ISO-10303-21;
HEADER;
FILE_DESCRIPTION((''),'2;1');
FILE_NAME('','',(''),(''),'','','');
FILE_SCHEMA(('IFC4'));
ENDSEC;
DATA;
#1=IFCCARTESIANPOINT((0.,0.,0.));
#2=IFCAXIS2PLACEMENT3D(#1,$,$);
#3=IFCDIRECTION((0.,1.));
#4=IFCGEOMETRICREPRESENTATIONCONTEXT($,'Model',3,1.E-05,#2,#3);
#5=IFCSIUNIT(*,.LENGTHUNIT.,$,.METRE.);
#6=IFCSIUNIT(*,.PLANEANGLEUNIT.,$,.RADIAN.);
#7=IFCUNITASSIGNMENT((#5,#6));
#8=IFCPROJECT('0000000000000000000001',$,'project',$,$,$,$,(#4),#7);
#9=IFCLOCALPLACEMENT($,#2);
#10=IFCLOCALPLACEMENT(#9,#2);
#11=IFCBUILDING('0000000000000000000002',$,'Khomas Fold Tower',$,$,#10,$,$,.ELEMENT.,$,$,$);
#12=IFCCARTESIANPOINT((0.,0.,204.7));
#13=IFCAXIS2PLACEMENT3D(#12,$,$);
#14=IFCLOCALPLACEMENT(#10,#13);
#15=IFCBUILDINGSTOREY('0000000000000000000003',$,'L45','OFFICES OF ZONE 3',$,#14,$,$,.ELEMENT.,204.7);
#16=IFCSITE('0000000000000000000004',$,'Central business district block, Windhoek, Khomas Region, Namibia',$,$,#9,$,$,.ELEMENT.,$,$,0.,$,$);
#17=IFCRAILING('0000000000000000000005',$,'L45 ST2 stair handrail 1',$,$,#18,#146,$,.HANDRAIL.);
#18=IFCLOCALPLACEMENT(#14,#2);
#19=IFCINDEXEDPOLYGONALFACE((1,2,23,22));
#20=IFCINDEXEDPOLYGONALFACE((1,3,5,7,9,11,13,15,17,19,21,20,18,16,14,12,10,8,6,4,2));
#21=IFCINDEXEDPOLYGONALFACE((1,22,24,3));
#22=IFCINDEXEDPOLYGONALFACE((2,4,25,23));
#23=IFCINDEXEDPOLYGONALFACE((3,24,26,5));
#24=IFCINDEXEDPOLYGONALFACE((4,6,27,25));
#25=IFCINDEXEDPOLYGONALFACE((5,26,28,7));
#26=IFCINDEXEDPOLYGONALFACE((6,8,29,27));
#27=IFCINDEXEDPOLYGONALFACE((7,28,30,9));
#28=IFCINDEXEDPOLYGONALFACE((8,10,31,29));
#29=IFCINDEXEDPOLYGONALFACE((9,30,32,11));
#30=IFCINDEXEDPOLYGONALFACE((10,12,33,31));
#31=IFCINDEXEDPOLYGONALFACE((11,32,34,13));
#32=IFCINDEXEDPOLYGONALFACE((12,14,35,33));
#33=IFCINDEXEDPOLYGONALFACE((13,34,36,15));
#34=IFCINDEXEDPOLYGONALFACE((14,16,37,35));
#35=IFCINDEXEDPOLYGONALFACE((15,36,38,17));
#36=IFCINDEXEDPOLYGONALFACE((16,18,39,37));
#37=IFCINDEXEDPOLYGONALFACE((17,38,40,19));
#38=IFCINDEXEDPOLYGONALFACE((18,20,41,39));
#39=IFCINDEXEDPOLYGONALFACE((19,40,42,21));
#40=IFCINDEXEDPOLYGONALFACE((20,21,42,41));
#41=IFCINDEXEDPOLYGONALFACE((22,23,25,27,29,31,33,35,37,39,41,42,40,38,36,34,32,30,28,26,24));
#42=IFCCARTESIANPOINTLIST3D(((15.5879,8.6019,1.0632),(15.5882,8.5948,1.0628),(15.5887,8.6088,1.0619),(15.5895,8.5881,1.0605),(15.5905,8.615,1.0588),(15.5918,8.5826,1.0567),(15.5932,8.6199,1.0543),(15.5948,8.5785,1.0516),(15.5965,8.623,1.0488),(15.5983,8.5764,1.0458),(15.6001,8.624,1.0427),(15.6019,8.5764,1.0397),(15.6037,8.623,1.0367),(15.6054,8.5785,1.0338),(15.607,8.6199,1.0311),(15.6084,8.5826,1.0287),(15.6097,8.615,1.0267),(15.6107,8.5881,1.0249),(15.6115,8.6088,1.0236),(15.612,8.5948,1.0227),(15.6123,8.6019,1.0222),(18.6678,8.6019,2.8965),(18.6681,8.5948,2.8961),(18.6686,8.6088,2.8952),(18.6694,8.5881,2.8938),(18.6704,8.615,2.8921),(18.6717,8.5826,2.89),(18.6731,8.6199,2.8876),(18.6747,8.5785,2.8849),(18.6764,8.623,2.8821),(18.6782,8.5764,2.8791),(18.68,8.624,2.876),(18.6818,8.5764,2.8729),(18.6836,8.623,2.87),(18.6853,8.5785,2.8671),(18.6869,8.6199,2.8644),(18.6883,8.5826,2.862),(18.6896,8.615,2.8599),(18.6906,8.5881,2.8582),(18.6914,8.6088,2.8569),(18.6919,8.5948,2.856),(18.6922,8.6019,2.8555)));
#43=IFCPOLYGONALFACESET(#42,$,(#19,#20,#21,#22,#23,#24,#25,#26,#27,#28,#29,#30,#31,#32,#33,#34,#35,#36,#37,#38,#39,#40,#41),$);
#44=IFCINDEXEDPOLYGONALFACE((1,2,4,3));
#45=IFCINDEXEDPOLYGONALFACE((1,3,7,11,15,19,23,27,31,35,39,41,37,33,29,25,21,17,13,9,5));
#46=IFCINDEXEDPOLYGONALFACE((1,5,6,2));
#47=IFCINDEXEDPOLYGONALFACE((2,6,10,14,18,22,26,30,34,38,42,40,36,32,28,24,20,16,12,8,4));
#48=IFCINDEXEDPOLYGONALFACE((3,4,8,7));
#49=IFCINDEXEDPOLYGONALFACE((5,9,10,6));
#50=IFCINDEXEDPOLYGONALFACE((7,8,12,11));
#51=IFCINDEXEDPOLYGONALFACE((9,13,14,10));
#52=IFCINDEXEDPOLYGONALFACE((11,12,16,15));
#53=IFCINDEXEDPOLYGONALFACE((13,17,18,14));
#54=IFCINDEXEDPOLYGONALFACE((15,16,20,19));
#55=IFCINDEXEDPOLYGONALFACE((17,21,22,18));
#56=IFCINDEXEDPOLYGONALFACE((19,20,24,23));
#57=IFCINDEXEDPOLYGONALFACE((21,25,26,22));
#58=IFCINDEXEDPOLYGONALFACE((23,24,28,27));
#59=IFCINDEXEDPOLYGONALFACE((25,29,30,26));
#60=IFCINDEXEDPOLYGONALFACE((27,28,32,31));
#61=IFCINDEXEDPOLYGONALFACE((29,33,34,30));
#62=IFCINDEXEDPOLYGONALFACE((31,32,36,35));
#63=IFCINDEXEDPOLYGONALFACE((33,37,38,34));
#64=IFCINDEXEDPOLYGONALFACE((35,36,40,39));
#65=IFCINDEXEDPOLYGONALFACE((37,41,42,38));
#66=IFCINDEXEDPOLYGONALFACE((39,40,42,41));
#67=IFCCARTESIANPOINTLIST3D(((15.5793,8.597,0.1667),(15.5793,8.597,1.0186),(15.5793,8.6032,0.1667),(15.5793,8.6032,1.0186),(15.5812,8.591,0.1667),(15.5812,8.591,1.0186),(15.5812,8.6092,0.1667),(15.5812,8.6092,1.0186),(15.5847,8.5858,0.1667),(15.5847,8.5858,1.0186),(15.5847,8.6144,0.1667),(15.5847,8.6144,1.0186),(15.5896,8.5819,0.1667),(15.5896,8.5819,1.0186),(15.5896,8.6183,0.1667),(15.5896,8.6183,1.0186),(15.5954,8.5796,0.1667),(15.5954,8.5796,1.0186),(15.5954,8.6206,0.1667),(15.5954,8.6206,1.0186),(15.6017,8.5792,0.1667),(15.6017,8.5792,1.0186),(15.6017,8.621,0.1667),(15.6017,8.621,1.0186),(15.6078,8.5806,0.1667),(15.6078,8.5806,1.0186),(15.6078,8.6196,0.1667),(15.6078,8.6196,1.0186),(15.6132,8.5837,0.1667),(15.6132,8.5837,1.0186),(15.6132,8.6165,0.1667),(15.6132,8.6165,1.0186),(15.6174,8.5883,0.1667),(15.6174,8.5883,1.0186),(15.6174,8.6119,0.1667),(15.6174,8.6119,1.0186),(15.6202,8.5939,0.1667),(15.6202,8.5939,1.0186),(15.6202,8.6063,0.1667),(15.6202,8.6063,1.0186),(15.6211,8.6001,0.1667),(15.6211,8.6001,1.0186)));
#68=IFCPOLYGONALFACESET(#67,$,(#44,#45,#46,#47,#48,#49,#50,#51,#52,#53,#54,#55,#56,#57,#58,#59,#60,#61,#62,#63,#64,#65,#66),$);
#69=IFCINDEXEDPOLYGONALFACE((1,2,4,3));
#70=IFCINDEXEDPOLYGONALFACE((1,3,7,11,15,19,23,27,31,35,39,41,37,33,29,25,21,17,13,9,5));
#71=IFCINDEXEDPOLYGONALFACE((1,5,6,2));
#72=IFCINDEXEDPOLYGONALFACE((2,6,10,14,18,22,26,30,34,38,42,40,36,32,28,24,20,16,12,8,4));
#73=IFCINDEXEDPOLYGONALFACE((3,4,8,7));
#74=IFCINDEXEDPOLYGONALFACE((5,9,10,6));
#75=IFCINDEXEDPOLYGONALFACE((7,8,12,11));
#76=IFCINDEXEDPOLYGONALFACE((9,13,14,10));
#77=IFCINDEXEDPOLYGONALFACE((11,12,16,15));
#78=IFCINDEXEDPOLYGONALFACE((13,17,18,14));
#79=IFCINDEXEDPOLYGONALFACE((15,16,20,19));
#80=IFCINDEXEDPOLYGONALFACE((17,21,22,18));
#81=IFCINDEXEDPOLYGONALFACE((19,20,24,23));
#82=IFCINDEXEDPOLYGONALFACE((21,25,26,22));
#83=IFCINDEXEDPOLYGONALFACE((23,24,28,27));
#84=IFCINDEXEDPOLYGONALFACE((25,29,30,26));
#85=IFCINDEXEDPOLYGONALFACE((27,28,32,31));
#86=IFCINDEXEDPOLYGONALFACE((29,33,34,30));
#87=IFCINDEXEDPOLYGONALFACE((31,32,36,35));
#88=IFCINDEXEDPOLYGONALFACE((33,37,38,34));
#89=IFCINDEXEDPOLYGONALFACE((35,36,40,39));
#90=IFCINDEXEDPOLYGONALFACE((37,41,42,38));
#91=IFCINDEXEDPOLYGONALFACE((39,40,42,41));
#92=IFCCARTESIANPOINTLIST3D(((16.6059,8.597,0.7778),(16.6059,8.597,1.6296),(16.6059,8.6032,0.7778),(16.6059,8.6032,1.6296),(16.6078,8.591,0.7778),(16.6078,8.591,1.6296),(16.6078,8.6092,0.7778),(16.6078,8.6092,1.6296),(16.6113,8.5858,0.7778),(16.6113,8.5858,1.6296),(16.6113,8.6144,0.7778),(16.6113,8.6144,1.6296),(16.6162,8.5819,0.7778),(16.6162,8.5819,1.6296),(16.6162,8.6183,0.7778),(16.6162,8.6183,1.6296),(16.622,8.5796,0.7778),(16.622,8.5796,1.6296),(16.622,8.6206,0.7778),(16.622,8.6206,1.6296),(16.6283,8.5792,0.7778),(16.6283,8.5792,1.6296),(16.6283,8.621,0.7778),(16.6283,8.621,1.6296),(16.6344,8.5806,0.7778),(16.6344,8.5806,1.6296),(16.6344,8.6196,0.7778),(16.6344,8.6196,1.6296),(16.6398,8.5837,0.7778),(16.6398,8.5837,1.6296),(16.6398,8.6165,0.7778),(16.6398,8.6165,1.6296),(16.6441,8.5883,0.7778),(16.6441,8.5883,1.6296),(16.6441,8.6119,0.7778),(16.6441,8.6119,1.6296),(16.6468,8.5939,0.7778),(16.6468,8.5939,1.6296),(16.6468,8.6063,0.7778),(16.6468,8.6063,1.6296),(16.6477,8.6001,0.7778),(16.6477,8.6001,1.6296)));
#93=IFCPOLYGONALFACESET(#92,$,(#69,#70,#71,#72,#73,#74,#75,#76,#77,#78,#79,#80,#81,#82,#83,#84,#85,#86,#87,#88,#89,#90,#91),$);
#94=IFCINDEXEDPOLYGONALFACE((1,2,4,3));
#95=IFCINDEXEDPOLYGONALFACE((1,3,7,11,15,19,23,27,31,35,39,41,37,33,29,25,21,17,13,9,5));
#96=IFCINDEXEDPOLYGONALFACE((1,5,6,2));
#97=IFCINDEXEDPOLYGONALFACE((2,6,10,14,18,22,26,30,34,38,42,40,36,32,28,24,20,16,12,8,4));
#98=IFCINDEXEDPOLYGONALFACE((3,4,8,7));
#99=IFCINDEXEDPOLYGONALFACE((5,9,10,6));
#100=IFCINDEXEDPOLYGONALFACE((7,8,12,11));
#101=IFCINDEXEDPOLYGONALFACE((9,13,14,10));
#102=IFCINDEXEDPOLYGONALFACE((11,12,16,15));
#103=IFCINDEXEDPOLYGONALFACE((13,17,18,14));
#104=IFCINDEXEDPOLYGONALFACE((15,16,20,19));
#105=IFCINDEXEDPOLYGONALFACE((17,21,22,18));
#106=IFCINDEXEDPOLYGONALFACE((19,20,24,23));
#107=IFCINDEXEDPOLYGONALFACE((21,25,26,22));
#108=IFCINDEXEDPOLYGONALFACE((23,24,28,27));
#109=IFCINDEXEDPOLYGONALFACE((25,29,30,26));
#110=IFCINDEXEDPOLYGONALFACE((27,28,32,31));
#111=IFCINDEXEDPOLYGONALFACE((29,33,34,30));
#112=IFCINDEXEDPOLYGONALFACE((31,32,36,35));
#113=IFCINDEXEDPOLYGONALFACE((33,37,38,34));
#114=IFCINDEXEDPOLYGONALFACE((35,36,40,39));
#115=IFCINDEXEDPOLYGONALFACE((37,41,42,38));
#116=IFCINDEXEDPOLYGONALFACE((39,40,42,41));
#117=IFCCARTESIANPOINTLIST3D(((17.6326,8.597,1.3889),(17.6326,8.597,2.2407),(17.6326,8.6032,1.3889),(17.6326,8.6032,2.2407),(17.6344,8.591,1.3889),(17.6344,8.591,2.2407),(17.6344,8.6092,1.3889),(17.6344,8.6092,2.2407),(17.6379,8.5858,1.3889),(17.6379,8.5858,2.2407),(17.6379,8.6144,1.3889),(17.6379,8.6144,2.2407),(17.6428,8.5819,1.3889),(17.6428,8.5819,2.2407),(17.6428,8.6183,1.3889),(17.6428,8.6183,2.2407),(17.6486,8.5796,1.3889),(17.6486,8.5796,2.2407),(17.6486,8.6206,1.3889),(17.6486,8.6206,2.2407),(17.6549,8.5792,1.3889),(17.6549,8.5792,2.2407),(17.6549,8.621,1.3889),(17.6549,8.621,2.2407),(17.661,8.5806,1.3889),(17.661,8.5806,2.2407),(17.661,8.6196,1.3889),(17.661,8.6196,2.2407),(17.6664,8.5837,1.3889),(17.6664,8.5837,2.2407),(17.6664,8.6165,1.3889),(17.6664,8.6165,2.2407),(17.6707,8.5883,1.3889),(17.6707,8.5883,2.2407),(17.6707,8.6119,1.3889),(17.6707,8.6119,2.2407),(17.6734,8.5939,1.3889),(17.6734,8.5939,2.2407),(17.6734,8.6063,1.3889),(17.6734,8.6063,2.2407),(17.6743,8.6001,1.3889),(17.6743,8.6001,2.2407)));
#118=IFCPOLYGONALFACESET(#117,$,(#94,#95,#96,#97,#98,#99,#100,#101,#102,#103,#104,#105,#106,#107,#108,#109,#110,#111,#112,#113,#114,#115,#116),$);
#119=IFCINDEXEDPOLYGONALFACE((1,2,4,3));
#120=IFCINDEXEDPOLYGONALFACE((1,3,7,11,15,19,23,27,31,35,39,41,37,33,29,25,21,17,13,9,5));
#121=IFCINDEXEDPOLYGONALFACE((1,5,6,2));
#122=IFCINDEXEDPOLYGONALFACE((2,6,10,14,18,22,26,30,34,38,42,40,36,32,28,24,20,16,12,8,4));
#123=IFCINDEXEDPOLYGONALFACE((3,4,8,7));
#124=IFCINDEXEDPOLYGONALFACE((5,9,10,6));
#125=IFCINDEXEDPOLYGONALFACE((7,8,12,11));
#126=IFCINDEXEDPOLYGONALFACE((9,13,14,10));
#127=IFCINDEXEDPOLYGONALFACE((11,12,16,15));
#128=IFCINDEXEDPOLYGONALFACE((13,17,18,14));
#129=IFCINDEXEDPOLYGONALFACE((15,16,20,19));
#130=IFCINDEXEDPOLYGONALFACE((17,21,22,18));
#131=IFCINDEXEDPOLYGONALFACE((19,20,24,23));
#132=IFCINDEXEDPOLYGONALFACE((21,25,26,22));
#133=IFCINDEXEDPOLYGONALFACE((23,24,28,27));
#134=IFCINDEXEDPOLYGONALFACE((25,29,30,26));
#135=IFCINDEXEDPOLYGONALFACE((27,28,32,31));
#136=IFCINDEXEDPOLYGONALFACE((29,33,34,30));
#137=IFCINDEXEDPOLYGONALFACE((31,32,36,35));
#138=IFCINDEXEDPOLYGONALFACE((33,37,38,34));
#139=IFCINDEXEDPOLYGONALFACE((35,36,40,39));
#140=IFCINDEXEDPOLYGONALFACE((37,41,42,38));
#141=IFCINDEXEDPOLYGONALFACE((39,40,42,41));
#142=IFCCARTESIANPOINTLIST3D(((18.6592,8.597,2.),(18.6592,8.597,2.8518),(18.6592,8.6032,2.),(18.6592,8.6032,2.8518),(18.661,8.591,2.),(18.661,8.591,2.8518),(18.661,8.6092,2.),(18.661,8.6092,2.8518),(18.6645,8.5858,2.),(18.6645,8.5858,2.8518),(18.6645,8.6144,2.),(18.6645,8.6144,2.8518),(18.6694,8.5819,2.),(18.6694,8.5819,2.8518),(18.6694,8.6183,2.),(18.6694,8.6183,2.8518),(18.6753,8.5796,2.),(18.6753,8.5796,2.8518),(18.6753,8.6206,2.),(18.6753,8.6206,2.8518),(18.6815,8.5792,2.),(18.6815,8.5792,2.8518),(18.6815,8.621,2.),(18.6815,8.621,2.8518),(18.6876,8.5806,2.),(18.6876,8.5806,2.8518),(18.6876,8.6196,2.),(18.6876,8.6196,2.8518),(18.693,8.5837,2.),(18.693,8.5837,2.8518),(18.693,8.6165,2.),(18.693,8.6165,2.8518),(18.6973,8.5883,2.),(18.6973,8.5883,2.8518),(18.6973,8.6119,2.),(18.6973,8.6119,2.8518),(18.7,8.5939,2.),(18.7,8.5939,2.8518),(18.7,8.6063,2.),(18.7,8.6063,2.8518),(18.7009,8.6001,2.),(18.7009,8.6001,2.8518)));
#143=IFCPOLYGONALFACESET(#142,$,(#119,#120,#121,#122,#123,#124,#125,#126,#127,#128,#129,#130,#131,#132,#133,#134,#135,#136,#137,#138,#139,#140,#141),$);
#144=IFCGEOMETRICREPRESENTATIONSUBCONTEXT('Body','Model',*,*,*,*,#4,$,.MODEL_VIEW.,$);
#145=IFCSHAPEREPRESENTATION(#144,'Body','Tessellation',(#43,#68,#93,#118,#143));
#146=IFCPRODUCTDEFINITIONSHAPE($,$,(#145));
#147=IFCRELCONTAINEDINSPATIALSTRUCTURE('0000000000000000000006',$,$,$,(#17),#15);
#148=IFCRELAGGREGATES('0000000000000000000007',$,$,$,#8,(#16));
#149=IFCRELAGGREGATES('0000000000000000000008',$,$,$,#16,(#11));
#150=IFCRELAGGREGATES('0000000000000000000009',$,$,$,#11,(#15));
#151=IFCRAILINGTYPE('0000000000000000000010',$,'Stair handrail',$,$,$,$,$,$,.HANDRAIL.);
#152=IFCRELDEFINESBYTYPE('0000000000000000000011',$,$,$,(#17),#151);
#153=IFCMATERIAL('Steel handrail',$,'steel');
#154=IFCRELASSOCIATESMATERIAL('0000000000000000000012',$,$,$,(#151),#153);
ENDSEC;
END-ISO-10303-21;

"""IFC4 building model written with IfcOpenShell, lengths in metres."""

from ifc_helpers import new_model, si_unit, direction, frame, origin, origin_2d, place, context, subcontext, project, spatial, circle, extrude, source, transform, mapped, material, type_object, element, save


model = new_model("IFC4")

# Units and contexts
model_context = context("Model", 3, precision=1e-05, world=origin(), true_north=direction((0.0, 1.0)))
body_context = subcontext(model_context, "Body", "Model", "MODEL_VIEW")
ifc_project = project(units=[si_unit("LENGTHUNIT", "METRE"), si_unit("PLANEANGLEUNIT", "RADIAN")], contexts=[model_context])

# Site, building, storey
site_placement = place(None, origin())
site = spatial("IfcSite", under=ifc_project, at=site_placement, Name="Central business district block, Windhoek, Khomas Region, Namibia", CompositionType="ELEMENT", RefElevation=0.0)
building_placement = place(site_placement, origin())
building = spatial("IfcBuilding", under=site, at=building_placement, Name="Khomas Fold Tower", CompositionType="ELEMENT")
storey_placement = place(building_placement, frame((0.0, 0.0, 204.7)))
storey = spatial("IfcBuildingStorey", under=building, at=storey_placement, Name="L45", Description="OFFICES OF ZONE 3", CompositionType="ELEMENT", Elevation=204.7)

# Railing
ifc_material_1 = material(Name="Steel handrail", Category="steel")
railing_type_1 = type_object("IfcRailingType", Name="Stair handrail", PredefinedType="HANDRAIL", material=ifc_material_1)
shared_shape_1 = source(origin(), body_context, "Body", "SweptSolid", [
    extrude(circle(Radius=0.0239, at=origin_2d()), frame((0.0, 0.0, 0.876), z_axis=(0.859291, 0.0, 0.511487), x_axis=(0.0, 1.0, 0.0)), (0.0, 0.0, 1.0), 3.5842),
    extrude(circle(Radius=0.021, at=origin_2d()), origin(), (0.0, 0.0, 1.0), 0.8518),
    extrude(circle(Radius=0.021, at=origin_2d()), frame((1.0266, 0.0, 0.6111)), (0.0, 0.0, 1.0), 0.8518),
    extrude(circle(Radius=0.021, at=origin_2d()), frame((2.0532, 0.0, 1.2222)), (0.0, 0.0, 1.0), 0.8518),
    extrude(circle(Radius=0.021, at=origin_2d()), frame((3.0798, 0.0, 1.8333)), (0.0, 0.0, 1.0), 0.8518),
])
railing_1_placement = place(storey_placement, frame((15.6001, 8.6001, 0.1667)))
element("IfcRailing", 1, at=railing_1_placement, inside=storey, type_object=railing_type_1, Name="L45 ST2 stair handrail 1", PredefinedType="HANDRAIL", context=body_context, shape_type="MappedRepresentation", body=[
    mapped(shared_shape_1, transform((0.0, 0.0, 0.0))),
])

save(model, "model.ifc")
